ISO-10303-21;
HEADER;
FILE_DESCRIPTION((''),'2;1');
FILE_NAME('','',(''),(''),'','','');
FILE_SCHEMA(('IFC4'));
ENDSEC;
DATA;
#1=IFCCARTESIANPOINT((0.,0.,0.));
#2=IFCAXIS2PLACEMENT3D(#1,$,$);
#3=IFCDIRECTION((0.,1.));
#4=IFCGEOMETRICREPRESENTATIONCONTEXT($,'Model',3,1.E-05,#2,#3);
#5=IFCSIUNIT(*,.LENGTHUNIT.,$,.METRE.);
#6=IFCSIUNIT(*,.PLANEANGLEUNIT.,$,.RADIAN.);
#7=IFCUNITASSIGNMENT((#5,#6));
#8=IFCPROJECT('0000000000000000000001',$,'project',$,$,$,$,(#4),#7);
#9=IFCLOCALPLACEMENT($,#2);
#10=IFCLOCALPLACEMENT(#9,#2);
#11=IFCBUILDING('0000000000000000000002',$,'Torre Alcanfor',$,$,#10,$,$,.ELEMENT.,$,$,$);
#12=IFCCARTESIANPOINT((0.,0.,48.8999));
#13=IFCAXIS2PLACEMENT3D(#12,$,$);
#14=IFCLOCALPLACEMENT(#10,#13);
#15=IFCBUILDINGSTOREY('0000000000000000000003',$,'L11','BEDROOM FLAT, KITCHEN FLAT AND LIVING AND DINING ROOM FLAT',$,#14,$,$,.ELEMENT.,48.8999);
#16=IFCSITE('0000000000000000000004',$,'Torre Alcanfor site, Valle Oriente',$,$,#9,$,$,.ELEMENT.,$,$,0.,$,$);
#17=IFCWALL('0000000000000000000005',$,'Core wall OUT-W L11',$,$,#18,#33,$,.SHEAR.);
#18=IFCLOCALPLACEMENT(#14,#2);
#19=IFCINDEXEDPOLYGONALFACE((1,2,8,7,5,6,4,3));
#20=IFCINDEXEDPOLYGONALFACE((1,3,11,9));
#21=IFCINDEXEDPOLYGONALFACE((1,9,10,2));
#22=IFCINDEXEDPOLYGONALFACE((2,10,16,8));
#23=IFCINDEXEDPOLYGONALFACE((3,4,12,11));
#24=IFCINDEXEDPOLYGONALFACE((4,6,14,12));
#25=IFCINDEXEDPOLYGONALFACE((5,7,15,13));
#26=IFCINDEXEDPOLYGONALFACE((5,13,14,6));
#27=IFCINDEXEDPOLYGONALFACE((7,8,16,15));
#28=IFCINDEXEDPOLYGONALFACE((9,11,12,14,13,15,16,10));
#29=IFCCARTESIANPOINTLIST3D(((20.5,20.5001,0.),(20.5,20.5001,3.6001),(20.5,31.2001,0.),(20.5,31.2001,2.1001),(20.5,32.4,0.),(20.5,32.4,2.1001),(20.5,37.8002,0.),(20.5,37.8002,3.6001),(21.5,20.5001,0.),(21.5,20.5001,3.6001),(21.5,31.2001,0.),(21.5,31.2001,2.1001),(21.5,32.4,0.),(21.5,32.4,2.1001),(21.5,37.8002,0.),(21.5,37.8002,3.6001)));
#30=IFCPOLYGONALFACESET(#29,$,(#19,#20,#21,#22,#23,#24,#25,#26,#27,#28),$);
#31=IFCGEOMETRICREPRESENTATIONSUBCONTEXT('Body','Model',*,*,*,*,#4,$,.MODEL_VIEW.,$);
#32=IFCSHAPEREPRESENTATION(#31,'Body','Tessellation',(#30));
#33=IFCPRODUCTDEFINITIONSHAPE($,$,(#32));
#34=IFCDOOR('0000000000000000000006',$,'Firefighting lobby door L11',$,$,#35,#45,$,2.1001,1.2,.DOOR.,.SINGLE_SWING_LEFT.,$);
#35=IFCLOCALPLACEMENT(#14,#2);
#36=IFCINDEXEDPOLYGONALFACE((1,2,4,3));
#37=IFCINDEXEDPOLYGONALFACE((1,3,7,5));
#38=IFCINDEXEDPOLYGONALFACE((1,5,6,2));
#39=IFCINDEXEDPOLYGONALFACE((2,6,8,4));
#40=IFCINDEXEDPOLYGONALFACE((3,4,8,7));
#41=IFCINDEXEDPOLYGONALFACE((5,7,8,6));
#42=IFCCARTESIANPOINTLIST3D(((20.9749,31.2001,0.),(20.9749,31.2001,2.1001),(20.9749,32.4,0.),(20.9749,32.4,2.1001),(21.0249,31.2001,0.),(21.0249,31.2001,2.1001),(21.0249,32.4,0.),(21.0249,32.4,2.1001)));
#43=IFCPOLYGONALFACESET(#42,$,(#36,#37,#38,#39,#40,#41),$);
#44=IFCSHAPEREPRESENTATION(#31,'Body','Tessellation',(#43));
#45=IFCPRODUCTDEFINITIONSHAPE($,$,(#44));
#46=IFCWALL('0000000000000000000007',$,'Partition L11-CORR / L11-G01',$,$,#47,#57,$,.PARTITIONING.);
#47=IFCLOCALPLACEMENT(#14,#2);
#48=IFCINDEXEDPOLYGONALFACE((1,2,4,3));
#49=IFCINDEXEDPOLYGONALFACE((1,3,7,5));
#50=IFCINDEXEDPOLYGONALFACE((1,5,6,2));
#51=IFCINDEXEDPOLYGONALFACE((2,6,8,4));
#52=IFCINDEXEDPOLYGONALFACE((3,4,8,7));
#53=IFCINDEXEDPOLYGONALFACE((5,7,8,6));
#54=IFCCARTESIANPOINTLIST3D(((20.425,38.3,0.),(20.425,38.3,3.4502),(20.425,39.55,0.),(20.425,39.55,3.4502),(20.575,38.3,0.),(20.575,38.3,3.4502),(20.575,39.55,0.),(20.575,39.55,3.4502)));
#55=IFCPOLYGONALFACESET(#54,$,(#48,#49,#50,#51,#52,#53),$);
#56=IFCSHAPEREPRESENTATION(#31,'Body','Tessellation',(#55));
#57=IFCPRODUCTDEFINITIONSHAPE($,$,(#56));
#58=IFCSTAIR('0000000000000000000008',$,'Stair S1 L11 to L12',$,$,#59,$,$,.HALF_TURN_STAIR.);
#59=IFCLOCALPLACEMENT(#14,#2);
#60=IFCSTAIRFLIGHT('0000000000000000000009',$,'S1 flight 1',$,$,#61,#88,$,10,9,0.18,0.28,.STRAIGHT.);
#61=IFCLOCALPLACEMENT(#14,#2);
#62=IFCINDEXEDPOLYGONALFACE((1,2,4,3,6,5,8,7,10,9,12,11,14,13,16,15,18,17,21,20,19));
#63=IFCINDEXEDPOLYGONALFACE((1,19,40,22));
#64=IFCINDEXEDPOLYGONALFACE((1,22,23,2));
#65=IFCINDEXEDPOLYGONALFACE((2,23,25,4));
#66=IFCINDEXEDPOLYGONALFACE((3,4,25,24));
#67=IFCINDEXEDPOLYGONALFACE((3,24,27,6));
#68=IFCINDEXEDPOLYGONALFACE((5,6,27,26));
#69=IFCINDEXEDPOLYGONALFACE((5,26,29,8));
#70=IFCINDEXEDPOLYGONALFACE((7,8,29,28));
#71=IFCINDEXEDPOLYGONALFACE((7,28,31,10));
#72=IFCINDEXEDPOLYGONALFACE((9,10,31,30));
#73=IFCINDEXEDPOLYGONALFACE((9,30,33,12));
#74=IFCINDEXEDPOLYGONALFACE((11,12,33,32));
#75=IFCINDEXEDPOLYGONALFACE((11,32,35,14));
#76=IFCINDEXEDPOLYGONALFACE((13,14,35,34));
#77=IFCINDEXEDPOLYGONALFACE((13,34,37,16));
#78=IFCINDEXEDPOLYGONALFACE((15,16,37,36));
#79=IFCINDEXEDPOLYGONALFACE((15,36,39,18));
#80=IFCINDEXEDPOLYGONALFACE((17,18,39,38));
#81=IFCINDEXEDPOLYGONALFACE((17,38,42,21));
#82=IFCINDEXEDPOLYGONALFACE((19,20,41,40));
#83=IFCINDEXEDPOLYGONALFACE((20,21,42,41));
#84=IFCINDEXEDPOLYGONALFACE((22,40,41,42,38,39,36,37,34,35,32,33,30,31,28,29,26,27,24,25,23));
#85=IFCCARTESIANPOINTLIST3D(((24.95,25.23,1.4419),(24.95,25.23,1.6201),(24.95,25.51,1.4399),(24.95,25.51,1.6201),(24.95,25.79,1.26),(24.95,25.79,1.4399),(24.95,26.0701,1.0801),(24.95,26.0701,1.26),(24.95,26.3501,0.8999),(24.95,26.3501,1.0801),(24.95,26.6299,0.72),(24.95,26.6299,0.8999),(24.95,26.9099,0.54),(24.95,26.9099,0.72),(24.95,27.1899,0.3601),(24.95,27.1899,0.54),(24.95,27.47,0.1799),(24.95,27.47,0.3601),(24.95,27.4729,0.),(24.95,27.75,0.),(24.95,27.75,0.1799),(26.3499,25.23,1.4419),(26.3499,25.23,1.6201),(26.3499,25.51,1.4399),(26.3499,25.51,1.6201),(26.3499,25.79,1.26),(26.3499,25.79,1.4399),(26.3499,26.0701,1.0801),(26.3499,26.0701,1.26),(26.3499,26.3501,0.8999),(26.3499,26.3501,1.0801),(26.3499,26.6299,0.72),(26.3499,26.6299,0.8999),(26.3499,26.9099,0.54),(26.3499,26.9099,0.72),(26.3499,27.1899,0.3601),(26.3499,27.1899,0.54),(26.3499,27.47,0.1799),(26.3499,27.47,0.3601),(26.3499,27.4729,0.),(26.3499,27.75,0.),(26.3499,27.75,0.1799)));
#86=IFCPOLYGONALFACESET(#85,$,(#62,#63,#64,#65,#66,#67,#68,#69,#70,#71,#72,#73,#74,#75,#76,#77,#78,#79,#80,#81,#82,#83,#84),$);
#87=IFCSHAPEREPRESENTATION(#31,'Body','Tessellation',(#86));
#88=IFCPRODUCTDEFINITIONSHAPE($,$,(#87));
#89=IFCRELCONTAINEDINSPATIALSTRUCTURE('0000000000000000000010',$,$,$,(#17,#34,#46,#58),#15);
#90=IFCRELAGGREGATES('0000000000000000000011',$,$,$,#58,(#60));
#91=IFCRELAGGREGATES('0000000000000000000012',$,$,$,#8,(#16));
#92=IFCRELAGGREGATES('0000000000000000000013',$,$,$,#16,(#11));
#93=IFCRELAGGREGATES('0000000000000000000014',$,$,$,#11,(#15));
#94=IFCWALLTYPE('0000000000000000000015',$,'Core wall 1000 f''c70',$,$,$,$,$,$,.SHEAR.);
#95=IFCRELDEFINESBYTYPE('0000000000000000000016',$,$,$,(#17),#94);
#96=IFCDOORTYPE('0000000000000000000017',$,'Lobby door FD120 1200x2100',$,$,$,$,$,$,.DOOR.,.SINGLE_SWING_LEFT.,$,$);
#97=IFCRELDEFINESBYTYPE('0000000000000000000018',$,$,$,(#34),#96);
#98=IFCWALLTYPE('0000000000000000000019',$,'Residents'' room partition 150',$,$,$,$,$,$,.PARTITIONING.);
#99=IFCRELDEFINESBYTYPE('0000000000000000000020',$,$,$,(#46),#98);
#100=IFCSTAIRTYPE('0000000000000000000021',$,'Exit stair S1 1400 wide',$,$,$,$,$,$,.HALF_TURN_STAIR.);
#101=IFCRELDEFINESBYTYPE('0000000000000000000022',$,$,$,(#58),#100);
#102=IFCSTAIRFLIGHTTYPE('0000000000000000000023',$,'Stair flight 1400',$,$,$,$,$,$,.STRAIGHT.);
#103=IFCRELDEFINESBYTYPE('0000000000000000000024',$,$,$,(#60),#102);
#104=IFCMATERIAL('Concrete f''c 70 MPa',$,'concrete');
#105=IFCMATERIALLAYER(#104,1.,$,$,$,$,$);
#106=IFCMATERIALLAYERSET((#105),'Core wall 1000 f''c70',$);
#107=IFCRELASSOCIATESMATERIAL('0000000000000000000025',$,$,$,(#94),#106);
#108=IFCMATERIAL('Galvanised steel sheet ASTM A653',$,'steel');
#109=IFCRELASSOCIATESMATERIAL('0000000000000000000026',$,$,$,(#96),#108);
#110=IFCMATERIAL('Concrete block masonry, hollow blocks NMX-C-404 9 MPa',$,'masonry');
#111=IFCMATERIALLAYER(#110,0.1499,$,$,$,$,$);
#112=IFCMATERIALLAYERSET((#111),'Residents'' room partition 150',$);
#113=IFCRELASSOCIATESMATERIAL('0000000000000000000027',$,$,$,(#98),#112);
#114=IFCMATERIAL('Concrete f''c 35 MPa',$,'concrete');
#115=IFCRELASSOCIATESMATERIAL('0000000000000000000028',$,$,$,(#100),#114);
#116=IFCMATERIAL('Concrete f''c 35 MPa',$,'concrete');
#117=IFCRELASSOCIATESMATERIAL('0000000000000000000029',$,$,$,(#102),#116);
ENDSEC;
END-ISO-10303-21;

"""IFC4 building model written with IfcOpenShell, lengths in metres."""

from ifc_helpers import new_model, si_unit, direction, frame, frame_2d, origin, place, context, subcontext, project, spatial, polyline, rectangle, outline, extrude, material, layer, layer_set, type_object, element, fill, aggregate, save


model = new_model("IFC4")

# Units and contexts
model_context = context("Model", 3, precision=1e-05, world=origin(), true_north=direction((0.0, 1.0)))
body_context = subcontext(model_context, "Body", "Model", "MODEL_VIEW")
ifc_project = project(units=[si_unit("LENGTHUNIT", "METRE"), si_unit("PLANEANGLEUNIT", "RADIAN")], contexts=[model_context])

# Site, building, storey
site_placement = place(None, origin())
site = spatial("IfcSite", under=ifc_project, at=site_placement, Name="Torre Alcanfor site, Valle Oriente", CompositionType="ELEMENT", RefElevation=0.0)
building_placement = place(site_placement, origin())
building = spatial("IfcBuilding", under=site, at=building_placement, Name="Torre Alcanfor", CompositionType="ELEMENT")
storey_placement = place(building_placement, frame((0.0, 0.0, 48.8999)))
storey = spatial("IfcBuildingStorey", under=building, at=storey_placement, Name="L11", Description="BEDROOM FLAT, KITCHEN FLAT AND LIVING AND DINING ROOM FLAT", CompositionType="ELEMENT", Elevation=48.8999)

# Wall, opening, door
ifc_material_1 = material(Name="Concrete f'c 70 MPa", Category="concrete")
ifc_layer_1 = layer(ifc_material_1, 1.0)
ifc_layer_set_1 = layer_set([ifc_layer_1], Name="Core wall 1000 f'c70")
wall_type_1 = type_object("IfcWallType", Name="Core wall 1000 f'c70", PredefinedType="SHEAR", material=ifc_layer_set_1)
wall_1_placement = place(storey_placement, frame((21.0, 37.8, 0.0), z_axis=(0.0, 0.0, 1.0), x_axis=(0.0, -1.0, 0.0)))
wall_1 = element("IfcWall", 1, at=wall_1_placement, inside=storey, type_object=wall_type_1, Name="Core wall OUT-W L11", PredefinedType="SHEAR", context=body_context, shape_type="SweptSolid", body=[
    extrude(rectangle(XDim=17.3, YDim=1.0, at=frame_2d((8.6499, 0.0))), origin(), (0.0, 0.0, 1.0), 3.6001),
])
opening_1_placement = place(wall_1_placement, frame((5.3999, 0.0, 0.0)))
opening_1 = element("IfcOpeningElement", 2, at=opening_1_placement, cuts=wall_1, PredefinedType="OPENING", context=body_context, shape_type="SweptSolid", body=[
    extrude(rectangle(XDim=1.2, YDim=2.1001, at=frame_2d((0.6001, 1.05))), frame((0.0, 0.51, 0.0), z_axis=(0.0, -1.0, 0.0), x_axis=(1.0, 0.0, 0.0)), (0.0, 0.0, 1.0), 1.02),
])
ifc_material_2 = material(Name="Galvanised steel sheet ASTM A653", Category="steel")
door_type_1 = type_object("IfcDoorType", Name="Lobby door FD120 1200x2100", OperationType="SINGLE_SWING_LEFT", PredefinedType="DOOR", material=ifc_material_2)
door_1_placement = place(opening_1_placement, origin())
door_1 = element("IfcDoor", 3, at=door_1_placement, inside=storey, type_object=door_type_1, Name="Firefighting lobby door L11", OperationType="SINGLE_SWING_LEFT", OverallHeight=2.1001, OverallWidth=1.2, PredefinedType="DOOR", context=body_context, shape_type="SweptSolid", body=[
    extrude(rectangle(XDim=1.2, YDim=2.1001, at=frame_2d((0.6001, 1.05))), frame((0.0, 0.0249, 0.0), z_axis=(0.0, -1.0, 0.0), x_axis=(1.0, 0.0, 0.0)), (0.0, 0.0, 1.0), 0.05),
])
fill(opening_1, door_1)

# Wall
ifc_material_3 = material(Name="Concrete block masonry, hollow blocks NMX-C-404 9 MPa", Category="masonry")
ifc_layer_2 = layer(ifc_material_3, 0.1499)
ifc_layer_set_2 = layer_set([ifc_layer_2], Name="Residents' room partition 150")
wall_type_2 = type_object("IfcWallType", Name="Residents' room partition 150", PredefinedType="PARTITIONING", material=ifc_layer_set_2)
wall_2_placement = place(storey_placement, frame((20.5, 39.55, 0.0), z_axis=(0.0, 0.0, 1.0), x_axis=(0.0, -1.0, 0.0)))
element("IfcWall", 4, at=wall_2_placement, inside=storey, type_object=wall_type_2, Name="Partition L11-CORR / L11-G01", PredefinedType="PARTITIONING", context=body_context, shape_type="SweptSolid", body=[
    extrude(rectangle(XDim=1.25, YDim=0.1499, at=frame_2d((0.625, 0.0))), origin(), (0.0, 0.0, 1.0), 3.4502),
])

# Stair, stair flight
ifc_material_4 = material(Name="Concrete f'c 35 MPa", Category="concrete")
stair_type = type_object("IfcStairType", Name="Exit stair S1 1400 wide", PredefinedType="HALF_TURN_STAIR", material=ifc_material_4)
stair_placement = place(storey_placement, origin())
stair = element("IfcStair", 5, at=stair_placement, inside=storey, type_object=stair_type, Name="Stair S1 L11 to L12", PredefinedType="HALF_TURN_STAIR")
ifc_material_5 = material(Name="Concrete f'c 35 MPa", Category="concrete")
stair_flight_type = type_object("IfcStairFlightType", Name="Stair flight 1400", PredefinedType="STRAIGHT", material=ifc_material_5)
stair_flight_placement = place(storey_placement, frame((25.6499, 27.75, 0.0), z_axis=(0.0, 0.0, 1.0), x_axis=(0.0, -1.0, 0.0)))
stair_flight = element("IfcStairFlight", 6, at=stair_flight_placement, type_object=stair_flight_type, Name="S1 flight 1", NumberOfRisers=10, NumberOfTreads=9, PredefinedType="STRAIGHT", RiserHeight=0.18, TreadLength=0.28, context=body_context, shape_type="SweptSolid", body=[
    extrude(outline(polyline([(0.0, 0.0), (0.0, 0.1799), (0.28, 0.1799), (0.28, 0.3601), (0.5601, 0.3601), (0.5601, 0.54), (0.8401, 0.54), (0.8401, 0.72), (1.1201, 0.72), (1.1201, 0.8999), (1.3999, 0.8999), (1.3999, 1.0801), (1.6799, 1.0801), (1.6799, 1.26), (1.96, 1.26), (1.96, 1.4399), (2.24, 1.4399), (2.24, 1.6201), (2.52, 1.6201), (2.52, 1.8), (2.52, 1.4419), (0.2771, 0.0), (0.0, 0.0)])), frame((0.0, 0.7, 0.0), z_axis=(0.0, -1.0, 0.0), x_axis=(1.0, 0.0, 0.0)), (0.0, 0.0, 1.0), 1.3999),
])
aggregate(stair, [stair_flight])

save(model, "model.ifc")
